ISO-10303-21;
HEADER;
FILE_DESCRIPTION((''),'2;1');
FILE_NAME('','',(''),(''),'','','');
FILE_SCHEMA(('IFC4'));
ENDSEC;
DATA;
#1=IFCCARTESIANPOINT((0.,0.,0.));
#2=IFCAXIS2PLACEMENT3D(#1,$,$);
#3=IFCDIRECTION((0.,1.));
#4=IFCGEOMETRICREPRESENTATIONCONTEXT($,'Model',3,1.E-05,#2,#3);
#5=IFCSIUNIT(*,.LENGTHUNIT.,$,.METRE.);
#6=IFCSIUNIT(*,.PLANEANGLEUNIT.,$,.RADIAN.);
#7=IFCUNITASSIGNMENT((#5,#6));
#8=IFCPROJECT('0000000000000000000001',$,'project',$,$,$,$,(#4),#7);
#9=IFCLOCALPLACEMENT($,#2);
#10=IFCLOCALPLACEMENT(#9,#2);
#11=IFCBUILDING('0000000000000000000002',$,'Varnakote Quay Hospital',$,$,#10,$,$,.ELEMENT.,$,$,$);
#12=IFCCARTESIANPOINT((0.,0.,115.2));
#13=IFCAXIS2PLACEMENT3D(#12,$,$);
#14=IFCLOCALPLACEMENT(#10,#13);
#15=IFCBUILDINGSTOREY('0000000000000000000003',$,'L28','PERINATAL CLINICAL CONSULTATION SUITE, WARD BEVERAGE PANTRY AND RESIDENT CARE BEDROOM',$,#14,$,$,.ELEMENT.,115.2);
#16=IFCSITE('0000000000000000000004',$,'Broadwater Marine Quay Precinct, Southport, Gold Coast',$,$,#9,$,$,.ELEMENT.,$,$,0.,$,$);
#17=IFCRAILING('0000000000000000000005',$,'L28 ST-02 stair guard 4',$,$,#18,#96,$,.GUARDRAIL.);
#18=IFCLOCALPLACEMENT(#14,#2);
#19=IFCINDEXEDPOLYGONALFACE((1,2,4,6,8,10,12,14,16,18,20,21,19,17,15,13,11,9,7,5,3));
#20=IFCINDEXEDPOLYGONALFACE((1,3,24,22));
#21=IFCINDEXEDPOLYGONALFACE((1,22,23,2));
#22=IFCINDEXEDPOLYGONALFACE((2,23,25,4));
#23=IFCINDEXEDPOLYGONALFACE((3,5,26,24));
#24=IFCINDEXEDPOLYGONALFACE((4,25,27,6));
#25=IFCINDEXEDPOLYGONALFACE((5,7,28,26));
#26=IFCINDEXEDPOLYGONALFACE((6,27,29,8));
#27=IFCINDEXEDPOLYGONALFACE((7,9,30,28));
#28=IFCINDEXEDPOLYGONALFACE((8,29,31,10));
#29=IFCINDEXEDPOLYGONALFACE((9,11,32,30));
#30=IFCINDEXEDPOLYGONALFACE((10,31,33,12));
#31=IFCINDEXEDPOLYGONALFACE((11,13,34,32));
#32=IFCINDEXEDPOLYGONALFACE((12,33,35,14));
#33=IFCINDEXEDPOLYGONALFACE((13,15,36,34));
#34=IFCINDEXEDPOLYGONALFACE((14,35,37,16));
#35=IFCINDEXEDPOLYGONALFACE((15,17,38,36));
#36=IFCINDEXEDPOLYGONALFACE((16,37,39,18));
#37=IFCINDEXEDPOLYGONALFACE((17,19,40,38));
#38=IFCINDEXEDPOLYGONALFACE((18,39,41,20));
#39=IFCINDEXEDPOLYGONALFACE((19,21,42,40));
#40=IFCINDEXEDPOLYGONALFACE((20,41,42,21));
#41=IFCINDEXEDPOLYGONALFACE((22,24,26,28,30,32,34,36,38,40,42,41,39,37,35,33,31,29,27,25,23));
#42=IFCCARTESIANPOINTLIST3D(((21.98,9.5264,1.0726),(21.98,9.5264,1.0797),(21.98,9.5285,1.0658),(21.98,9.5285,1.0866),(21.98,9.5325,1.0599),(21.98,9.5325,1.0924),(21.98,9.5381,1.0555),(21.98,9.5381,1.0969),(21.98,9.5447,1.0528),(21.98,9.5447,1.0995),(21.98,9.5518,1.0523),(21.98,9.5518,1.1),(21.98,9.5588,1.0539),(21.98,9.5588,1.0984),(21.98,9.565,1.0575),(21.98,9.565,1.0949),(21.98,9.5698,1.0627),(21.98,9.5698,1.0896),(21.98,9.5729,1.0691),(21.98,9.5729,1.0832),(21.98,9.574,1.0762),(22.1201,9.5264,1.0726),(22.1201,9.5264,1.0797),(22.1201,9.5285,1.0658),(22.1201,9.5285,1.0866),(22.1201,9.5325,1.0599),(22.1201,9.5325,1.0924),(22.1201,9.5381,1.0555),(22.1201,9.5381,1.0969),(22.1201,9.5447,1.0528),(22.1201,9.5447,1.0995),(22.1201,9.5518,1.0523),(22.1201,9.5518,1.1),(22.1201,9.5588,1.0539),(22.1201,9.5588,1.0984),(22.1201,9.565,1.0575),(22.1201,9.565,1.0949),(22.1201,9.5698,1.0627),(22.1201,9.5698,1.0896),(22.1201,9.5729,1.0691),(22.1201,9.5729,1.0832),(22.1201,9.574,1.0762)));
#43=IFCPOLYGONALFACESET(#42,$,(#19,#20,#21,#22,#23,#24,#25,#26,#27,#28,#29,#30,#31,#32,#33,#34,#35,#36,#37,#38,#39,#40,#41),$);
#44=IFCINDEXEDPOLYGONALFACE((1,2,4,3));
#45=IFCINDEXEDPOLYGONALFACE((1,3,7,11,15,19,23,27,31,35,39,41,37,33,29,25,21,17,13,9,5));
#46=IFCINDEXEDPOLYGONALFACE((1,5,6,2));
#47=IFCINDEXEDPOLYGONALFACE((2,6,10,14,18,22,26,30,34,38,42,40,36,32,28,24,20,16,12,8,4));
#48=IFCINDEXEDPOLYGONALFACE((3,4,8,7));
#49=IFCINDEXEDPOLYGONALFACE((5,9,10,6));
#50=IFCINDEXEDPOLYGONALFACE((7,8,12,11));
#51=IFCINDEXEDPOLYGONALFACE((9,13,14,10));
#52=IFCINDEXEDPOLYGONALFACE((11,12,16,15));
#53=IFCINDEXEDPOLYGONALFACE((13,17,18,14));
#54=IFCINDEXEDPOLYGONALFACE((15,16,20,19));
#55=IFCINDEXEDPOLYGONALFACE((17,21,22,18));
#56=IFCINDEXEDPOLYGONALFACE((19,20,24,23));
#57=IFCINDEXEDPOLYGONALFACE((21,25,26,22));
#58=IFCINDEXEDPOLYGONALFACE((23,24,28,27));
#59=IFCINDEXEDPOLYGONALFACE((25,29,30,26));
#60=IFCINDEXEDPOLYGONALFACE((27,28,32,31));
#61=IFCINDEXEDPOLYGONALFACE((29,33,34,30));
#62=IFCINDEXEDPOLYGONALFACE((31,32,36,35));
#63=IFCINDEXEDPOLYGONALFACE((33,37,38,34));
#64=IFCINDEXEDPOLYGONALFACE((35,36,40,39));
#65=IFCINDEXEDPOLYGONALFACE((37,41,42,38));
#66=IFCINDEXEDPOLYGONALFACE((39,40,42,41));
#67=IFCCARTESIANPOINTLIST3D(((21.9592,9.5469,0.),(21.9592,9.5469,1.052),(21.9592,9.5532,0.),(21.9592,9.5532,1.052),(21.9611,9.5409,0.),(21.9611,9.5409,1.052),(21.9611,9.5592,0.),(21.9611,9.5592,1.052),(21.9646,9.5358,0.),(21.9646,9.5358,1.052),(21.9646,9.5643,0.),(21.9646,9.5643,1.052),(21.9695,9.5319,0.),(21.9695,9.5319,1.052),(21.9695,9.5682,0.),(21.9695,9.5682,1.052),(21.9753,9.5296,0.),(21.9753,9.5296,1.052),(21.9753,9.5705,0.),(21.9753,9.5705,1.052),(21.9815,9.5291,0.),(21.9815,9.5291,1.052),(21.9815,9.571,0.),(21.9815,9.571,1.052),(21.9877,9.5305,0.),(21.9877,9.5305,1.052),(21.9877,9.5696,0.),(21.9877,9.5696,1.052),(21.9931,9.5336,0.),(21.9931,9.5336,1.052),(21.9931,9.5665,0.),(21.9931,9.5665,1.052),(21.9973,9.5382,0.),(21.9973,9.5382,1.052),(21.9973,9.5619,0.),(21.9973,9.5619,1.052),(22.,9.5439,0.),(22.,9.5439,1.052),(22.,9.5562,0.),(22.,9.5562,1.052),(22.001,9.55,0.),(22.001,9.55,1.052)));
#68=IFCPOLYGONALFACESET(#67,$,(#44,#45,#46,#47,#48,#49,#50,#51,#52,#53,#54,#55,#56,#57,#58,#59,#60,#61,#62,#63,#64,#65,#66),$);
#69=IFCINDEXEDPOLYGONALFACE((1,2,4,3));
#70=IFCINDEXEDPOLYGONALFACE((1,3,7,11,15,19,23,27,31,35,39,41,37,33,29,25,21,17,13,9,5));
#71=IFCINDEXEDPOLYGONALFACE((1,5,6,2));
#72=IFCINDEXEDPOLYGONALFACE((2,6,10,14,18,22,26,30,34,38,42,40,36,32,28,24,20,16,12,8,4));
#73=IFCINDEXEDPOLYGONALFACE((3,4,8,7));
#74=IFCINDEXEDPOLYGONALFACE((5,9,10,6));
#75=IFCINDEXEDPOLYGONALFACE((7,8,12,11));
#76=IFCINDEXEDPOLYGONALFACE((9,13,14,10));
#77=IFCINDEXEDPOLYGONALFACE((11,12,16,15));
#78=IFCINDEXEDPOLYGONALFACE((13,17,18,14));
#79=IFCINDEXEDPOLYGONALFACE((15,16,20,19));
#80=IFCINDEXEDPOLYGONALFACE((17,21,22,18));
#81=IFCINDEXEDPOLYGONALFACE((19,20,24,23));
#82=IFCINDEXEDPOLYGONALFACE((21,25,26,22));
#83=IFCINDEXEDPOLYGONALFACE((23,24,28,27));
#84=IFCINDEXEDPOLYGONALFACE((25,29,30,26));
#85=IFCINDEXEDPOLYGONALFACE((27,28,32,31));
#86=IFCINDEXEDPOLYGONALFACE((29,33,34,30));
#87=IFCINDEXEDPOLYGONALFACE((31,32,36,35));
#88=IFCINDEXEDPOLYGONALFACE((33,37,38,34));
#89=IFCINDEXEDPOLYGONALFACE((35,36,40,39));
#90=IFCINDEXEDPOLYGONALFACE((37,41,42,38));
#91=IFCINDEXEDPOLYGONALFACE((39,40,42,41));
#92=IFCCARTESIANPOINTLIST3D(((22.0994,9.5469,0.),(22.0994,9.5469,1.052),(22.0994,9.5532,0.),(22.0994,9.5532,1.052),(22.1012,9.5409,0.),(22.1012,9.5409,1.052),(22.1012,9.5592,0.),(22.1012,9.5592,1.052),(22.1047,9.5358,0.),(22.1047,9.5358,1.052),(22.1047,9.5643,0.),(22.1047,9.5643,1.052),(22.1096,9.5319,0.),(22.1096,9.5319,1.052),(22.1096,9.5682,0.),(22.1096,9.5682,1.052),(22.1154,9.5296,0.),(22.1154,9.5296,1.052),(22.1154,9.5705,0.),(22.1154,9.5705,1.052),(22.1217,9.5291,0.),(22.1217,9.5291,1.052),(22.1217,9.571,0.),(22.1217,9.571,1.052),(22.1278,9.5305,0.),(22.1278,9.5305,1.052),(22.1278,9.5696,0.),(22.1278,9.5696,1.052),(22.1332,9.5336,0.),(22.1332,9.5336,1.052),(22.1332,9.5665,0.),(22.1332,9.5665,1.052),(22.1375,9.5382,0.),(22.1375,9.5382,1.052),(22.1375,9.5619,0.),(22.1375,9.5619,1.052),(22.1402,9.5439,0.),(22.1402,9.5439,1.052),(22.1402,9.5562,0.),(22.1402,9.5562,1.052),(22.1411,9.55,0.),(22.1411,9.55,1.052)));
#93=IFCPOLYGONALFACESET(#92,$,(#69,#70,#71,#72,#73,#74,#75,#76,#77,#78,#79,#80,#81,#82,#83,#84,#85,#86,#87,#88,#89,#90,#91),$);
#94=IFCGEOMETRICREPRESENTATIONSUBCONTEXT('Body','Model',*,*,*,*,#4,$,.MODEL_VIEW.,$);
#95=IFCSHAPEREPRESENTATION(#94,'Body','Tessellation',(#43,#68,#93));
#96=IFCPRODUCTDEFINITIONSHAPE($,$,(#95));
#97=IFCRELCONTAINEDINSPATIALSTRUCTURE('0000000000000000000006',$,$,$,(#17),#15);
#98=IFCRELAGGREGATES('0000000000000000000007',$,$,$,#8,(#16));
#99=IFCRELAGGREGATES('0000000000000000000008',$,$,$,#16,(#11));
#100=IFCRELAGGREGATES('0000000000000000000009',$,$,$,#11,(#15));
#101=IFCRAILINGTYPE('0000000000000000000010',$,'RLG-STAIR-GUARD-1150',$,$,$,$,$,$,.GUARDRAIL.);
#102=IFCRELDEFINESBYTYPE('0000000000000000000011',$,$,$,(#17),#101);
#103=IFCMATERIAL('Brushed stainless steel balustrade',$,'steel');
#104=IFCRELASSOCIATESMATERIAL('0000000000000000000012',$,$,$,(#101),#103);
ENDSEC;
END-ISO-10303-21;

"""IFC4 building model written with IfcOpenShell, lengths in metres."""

from ifc_helpers import new_model, si_unit, direction, frame, origin, origin_2d, place, context, subcontext, project, spatial, circle, extrude, material, type_object, element, save


model = new_model("IFC4")

# Units and contexts
model_context = context("Model", 3, precision=1e-05, world=origin(), true_north=direction((0.0, 1.0)))
body_context = subcontext(model_context, "Body", "Model", "MODEL_VIEW")
ifc_project = project(units=[si_unit("LENGTHUNIT", "METRE"), si_unit("PLANEANGLEUNIT", "RADIAN")], contexts=[model_context])

# Site, building, storey
site_placement = place(None, origin())
site = spatial("IfcSite", under=ifc_project, at=site_placement, Name="Broadwater Marine Quay Precinct, Southport, Gold Coast", CompositionType="ELEMENT", RefElevation=0.0)
building_placement = place(site_placement, origin())
building = spatial("IfcBuilding", under=site, at=building_placement, Name="Varnakote Quay Hospital", CompositionType="ELEMENT")
storey_placement = place(building_placement, frame((0.0, 0.0, 115.2)))
storey = spatial("IfcBuildingStorey", under=building, at=storey_placement, Name="L28", Description="PERINATAL CLINICAL CONSULTATION SUITE, WARD BEVERAGE PANTRY AND RESIDENT CARE BEDROOM", CompositionType="ELEMENT", Elevation=115.2)

# Railing
ifc_material_1 = material(Name="Brushed stainless steel balustrade", Category="steel")
railing_type_1 = type_object("IfcRailingType", Name="RLG-STAIR-GUARD-1150", PredefinedType="GUARDRAIL", material=ifc_material_1)
railing_1_placement = place(storey_placement, frame((21.98, 9.55, 0.0)))
element("IfcRailing", 1, at=railing_1_placement, inside=storey, type_object=railing_type_1, Name="L28 ST-02 stair guard 4", PredefinedType="GUARDRAIL", context=body_context, shape_type="SweptSolid", body=[
    extrude(circle(Radius=0.0239, at=origin_2d()), frame((0.0, 0.0, 1.0762), z_axis=(1.0, 0.0, 0.0), x_axis=(0.0, 1.0, 0.0)), (0.0, 0.0, 1.0), 0.1401),
    extrude(circle(Radius=0.021, at=origin_2d()), origin(), (0.0, 0.0, 1.0), 1.052),
    extrude(circle(Radius=0.021, at=origin_2d()), frame((0.1401, 0.0, 0.0)), (0.0, 0.0, 1.0), 1.052),
])

save(model, "model.ifc")
